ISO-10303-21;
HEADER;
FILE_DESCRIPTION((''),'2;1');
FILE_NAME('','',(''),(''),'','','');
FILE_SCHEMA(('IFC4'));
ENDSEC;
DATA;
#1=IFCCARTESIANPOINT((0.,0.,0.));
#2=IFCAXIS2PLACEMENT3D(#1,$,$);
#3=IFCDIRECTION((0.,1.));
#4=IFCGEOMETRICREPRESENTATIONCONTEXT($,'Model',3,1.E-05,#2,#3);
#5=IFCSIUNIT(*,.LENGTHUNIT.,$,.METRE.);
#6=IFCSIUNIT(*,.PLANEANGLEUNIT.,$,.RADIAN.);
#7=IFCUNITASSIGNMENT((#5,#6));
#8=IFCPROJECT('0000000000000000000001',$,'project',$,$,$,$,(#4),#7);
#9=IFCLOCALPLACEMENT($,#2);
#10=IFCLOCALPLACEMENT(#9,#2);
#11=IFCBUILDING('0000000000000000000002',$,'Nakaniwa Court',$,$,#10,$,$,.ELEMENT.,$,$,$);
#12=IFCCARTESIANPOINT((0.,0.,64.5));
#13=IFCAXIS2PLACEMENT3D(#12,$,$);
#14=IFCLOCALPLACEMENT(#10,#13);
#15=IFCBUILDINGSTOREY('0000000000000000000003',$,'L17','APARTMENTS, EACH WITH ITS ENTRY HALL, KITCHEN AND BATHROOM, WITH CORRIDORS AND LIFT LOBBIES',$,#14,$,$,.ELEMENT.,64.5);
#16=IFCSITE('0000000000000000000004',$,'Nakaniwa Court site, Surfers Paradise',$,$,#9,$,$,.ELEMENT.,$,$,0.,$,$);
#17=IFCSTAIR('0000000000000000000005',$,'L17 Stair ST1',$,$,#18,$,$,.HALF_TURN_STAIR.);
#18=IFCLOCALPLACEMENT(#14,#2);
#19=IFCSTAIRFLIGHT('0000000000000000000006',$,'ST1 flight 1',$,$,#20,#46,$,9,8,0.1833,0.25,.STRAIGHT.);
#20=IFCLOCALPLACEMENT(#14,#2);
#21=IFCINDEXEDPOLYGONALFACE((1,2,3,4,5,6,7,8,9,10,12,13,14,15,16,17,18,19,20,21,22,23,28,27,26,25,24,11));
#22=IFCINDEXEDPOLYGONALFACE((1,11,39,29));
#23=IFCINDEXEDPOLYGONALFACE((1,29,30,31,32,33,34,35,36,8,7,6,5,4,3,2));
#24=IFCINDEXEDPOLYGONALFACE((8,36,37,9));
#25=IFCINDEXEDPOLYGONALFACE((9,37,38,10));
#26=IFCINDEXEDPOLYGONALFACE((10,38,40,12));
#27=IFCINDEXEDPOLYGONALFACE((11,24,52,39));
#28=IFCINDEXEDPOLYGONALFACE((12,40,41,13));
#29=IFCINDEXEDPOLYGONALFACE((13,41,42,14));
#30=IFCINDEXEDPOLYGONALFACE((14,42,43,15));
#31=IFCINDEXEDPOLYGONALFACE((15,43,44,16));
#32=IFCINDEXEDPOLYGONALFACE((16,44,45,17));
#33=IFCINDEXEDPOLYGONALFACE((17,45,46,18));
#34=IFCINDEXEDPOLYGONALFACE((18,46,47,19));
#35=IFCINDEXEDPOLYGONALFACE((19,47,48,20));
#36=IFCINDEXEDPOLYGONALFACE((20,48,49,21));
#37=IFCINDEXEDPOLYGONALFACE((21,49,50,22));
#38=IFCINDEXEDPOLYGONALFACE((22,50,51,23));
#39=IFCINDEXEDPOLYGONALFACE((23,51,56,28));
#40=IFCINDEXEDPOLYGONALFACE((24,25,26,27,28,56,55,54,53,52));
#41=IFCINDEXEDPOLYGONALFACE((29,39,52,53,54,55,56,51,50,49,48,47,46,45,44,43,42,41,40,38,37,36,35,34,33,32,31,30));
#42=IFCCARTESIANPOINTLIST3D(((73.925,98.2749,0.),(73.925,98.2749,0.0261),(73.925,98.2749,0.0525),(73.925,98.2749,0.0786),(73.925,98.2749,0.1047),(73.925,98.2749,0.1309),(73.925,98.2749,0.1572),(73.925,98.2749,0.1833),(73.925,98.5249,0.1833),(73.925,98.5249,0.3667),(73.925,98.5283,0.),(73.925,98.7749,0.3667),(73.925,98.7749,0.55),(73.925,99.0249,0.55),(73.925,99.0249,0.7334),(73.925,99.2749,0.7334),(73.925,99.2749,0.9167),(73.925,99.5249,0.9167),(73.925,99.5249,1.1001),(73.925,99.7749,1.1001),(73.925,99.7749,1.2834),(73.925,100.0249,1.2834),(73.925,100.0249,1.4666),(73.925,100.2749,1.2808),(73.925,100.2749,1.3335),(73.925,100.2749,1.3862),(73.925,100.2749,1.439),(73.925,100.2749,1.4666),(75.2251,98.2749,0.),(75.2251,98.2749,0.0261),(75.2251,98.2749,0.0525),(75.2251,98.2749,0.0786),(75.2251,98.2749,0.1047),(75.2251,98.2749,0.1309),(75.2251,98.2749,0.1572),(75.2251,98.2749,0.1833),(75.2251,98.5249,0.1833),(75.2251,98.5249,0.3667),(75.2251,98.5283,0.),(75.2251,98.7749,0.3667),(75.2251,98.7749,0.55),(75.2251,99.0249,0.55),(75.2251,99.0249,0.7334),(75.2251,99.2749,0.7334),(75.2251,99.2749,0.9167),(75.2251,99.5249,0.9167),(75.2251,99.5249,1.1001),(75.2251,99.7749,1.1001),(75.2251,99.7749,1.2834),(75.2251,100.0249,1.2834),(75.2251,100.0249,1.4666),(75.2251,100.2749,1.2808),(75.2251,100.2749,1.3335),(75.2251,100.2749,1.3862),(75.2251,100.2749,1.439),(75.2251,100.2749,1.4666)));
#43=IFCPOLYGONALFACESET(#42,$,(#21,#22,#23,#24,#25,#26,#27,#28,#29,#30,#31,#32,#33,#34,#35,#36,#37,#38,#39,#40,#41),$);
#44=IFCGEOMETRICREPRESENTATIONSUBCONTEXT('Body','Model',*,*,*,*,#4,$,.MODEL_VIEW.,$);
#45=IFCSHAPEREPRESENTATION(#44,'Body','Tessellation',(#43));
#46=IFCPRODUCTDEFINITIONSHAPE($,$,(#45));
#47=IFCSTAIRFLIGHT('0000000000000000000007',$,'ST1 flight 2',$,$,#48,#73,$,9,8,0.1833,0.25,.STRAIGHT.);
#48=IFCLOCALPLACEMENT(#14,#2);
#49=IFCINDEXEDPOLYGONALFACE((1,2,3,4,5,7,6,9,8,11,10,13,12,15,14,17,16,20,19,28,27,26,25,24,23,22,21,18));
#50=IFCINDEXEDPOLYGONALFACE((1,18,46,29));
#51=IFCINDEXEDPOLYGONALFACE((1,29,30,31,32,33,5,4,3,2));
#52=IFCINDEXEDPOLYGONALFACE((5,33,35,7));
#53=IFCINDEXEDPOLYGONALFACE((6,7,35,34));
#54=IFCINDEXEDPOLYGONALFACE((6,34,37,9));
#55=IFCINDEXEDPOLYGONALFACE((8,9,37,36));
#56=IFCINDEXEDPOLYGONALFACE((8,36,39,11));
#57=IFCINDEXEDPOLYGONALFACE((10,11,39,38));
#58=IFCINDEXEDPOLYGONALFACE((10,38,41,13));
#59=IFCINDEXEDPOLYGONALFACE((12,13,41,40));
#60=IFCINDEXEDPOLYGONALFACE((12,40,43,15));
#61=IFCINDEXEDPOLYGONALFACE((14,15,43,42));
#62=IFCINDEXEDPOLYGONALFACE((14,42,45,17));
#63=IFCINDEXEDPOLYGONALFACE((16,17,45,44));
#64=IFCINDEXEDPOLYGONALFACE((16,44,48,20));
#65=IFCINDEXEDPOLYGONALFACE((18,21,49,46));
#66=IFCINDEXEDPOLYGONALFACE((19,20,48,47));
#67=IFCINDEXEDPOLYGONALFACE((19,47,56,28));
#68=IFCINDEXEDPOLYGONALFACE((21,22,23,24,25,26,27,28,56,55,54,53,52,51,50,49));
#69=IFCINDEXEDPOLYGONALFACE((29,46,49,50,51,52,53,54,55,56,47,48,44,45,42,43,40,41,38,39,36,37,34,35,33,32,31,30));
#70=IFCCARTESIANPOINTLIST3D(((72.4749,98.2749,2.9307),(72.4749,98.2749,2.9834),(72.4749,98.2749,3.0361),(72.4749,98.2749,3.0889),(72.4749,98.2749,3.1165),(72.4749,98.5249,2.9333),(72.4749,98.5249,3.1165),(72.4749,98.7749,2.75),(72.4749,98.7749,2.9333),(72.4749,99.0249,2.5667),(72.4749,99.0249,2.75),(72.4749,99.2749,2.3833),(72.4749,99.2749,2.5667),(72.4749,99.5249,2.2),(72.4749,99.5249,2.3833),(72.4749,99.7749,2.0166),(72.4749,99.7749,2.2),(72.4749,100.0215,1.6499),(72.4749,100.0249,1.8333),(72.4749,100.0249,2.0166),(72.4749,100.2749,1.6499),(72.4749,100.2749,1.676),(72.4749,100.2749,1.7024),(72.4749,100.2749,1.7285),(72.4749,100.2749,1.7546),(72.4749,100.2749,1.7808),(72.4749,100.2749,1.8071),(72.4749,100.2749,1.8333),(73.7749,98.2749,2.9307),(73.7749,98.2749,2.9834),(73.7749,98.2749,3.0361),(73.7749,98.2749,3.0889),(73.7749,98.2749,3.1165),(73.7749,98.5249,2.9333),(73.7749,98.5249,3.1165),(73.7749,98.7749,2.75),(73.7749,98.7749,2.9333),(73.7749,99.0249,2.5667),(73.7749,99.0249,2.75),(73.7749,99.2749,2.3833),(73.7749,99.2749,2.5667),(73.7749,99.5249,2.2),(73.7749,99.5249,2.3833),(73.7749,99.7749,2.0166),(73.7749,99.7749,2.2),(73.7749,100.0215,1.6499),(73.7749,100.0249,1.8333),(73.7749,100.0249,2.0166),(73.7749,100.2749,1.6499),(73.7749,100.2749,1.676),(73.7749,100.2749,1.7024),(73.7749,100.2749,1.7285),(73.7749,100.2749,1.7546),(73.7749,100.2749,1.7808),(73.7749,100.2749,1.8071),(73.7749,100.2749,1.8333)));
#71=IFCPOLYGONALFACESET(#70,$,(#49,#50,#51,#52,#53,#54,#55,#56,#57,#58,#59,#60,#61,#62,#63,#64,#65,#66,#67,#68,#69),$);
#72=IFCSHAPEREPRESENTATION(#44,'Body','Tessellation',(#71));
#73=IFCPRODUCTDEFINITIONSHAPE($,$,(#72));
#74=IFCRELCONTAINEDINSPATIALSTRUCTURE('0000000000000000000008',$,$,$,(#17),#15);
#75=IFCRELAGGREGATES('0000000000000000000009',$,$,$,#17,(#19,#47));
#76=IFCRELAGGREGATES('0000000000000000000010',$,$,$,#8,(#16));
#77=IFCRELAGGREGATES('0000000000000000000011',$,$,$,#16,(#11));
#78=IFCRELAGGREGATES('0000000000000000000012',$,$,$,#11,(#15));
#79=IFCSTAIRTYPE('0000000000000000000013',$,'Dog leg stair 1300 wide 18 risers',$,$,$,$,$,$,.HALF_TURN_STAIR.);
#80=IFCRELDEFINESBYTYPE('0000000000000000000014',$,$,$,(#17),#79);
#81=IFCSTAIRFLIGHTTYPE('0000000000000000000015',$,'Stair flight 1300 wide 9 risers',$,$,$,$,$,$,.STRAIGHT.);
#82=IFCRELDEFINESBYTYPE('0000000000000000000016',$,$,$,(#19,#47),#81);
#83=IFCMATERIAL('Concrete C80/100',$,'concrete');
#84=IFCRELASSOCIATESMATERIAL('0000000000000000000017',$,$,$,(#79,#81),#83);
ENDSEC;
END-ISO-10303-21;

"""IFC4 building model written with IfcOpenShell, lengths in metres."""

from ifc_helpers import new_model, si_unit, direction, frame, origin, place, context, subcontext, project, spatial, polyline, outline, extrude, material, type_object, element, aggregate, save


model = new_model("IFC4")

# Units and contexts
model_context = context("Model", 3, precision=1e-05, world=origin(), true_north=direction((0.0, 1.0)))
body_context = subcontext(model_context, "Body", "Model", "MODEL_VIEW")
ifc_project = project(units=[si_unit("LENGTHUNIT", "METRE"), si_unit("PLANEANGLEUNIT", "RADIAN")], contexts=[model_context])

# Site, building, storey
site_placement = place(None, origin())
site = spatial("IfcSite", under=ifc_project, at=site_placement, Name="Nakaniwa Court site, Surfers Paradise", CompositionType="ELEMENT", RefElevation=0.0)
building_placement = place(site_placement, origin())
building = spatial("IfcBuilding", under=site, at=building_placement, Name="Nakaniwa Court", CompositionType="ELEMENT")
storey_placement = place(building_placement, frame((0.0, 0.0, 64.5)))
storey = spatial("IfcBuildingStorey", under=building, at=storey_placement, Name="L17", Description="APARTMENTS, EACH WITH ITS ENTRY HALL, KITCHEN AND BATHROOM, WITH CORRIDORS AND LIFT LOBBIES", CompositionType="ELEMENT", Elevation=64.5)

# Shared definitions
ifc_material_1 = material(Name="Concrete C80/100", Category="concrete")

# Stair, stair flights
stair_type = type_object("IfcStairType", Name="Dog leg stair 1300 wide 18 risers", PredefinedType="HALF_TURN_STAIR", material=ifc_material_1)
stair_placement = place(storey_placement, origin())
stair = element("IfcStair", 1, at=stair_placement, inside=storey, type_object=stair_type, Name="L17 Stair ST1", PredefinedType="HALF_TURN_STAIR")
stair_flight_type = type_object("IfcStairFlightType", Name="Stair flight 1300 wide 9 risers", PredefinedType="STRAIGHT", material=ifc_material_1)
stair_flight_1_placement = place(storey_placement, frame((74.575, 98.2749, 0.0), z_axis=(0.0, 0.0, 1.0), x_axis=(0.0, 1.0, 0.0)))
stair_flight_1 = element("IfcStairFlight", 2, at=stair_flight_1_placement, type_object=stair_flight_type, Name="ST1 flight 1", NumberOfRisers=9, NumberOfTreads=8, PredefinedType="STRAIGHT", RiserHeight=0.1833, TreadLength=0.25, context=body_context, shape_type="SweptSolid", body=[
    extrude(outline(polyline([(0.0, 0.0), (0.0, 0.0261), (0.0, 0.0525), (0.0, 0.0786), (0.0, 0.1047), (0.0, 0.1309), (0.0, 0.1572), (0.0, 0.1833), (0.25, 0.1833), (0.25, 0.3667), (0.5, 0.3667), (0.5, 0.55), (0.75, 0.55), (0.75, 0.7334), (1.0, 0.7334), (1.0, 0.9167), (1.25, 0.9167), (1.25, 1.1001), (1.5, 1.1001), (1.5, 1.2834), (1.75, 1.2834), (1.75, 1.4666), (2.0, 1.4666), (2.0, 1.6499), (2.0, 1.5972), (2.0, 1.5444), (2.0, 1.4917), (2.0, 1.439), (2.0, 1.3862), (2.0, 1.3335), (2.0, 1.2808), (0.2534, 0.0), (0.0, 0.0)])), frame((0.0, 0.6499, 0.0), z_axis=(0.0, -1.0, 0.0), x_axis=(1.0, 0.0, 0.0)), (0.0, 0.0, 1.0), 1.3),
])
stair_flight_2_placement = place(storey_placement, frame((73.125, 100.2749, 1.6499), z_axis=(0.0, 0.0, 1.0), x_axis=(0.0, -1.0, 0.0)))
stair_flight_2 = element("IfcStairFlight", 3, at=stair_flight_2_placement, type_object=stair_flight_type, Name="ST1 flight 2", NumberOfRisers=9, NumberOfTreads=8, PredefinedType="STRAIGHT", RiserHeight=0.1833, TreadLength=0.25, context=body_context, shape_type="SweptSolid", body=[
    extrude(outline(polyline([(0.0, 0.0), (0.0, 0.0261), (0.0, 0.0525), (0.0, 0.0786), (0.0, 0.1047), (0.0, 0.1309), (0.0, 0.1572), (0.0, 0.1833), (0.25, 0.1833), (0.25, 0.3667), (0.5, 0.3667), (0.5, 0.55), (0.75, 0.55), (0.75, 0.7334), (1.0, 0.7334), (1.0, 0.9167), (1.25, 0.9167), (1.25, 1.1001), (1.5, 1.1001), (1.5, 1.2834), (1.75, 1.2834), (1.75, 1.4666), (2.0, 1.4666), (2.0, 1.6499), (2.0, 1.5972), (2.0, 1.5444), (2.0, 1.4917), (2.0, 1.439), (2.0, 1.3862), (2.0, 1.3335), (2.0, 1.2808), (0.2534, 0.0), (0.0, 0.0)])), frame((0.0, 0.6499, 0.0), z_axis=(0.0, -1.0, 0.0), x_axis=(1.0, 0.0, 0.0)), (0.0, 0.0, 1.0), 1.3),
])
aggregate(stair, [stair_flight_1, stair_flight_2])

save(model, "model.ifc")
